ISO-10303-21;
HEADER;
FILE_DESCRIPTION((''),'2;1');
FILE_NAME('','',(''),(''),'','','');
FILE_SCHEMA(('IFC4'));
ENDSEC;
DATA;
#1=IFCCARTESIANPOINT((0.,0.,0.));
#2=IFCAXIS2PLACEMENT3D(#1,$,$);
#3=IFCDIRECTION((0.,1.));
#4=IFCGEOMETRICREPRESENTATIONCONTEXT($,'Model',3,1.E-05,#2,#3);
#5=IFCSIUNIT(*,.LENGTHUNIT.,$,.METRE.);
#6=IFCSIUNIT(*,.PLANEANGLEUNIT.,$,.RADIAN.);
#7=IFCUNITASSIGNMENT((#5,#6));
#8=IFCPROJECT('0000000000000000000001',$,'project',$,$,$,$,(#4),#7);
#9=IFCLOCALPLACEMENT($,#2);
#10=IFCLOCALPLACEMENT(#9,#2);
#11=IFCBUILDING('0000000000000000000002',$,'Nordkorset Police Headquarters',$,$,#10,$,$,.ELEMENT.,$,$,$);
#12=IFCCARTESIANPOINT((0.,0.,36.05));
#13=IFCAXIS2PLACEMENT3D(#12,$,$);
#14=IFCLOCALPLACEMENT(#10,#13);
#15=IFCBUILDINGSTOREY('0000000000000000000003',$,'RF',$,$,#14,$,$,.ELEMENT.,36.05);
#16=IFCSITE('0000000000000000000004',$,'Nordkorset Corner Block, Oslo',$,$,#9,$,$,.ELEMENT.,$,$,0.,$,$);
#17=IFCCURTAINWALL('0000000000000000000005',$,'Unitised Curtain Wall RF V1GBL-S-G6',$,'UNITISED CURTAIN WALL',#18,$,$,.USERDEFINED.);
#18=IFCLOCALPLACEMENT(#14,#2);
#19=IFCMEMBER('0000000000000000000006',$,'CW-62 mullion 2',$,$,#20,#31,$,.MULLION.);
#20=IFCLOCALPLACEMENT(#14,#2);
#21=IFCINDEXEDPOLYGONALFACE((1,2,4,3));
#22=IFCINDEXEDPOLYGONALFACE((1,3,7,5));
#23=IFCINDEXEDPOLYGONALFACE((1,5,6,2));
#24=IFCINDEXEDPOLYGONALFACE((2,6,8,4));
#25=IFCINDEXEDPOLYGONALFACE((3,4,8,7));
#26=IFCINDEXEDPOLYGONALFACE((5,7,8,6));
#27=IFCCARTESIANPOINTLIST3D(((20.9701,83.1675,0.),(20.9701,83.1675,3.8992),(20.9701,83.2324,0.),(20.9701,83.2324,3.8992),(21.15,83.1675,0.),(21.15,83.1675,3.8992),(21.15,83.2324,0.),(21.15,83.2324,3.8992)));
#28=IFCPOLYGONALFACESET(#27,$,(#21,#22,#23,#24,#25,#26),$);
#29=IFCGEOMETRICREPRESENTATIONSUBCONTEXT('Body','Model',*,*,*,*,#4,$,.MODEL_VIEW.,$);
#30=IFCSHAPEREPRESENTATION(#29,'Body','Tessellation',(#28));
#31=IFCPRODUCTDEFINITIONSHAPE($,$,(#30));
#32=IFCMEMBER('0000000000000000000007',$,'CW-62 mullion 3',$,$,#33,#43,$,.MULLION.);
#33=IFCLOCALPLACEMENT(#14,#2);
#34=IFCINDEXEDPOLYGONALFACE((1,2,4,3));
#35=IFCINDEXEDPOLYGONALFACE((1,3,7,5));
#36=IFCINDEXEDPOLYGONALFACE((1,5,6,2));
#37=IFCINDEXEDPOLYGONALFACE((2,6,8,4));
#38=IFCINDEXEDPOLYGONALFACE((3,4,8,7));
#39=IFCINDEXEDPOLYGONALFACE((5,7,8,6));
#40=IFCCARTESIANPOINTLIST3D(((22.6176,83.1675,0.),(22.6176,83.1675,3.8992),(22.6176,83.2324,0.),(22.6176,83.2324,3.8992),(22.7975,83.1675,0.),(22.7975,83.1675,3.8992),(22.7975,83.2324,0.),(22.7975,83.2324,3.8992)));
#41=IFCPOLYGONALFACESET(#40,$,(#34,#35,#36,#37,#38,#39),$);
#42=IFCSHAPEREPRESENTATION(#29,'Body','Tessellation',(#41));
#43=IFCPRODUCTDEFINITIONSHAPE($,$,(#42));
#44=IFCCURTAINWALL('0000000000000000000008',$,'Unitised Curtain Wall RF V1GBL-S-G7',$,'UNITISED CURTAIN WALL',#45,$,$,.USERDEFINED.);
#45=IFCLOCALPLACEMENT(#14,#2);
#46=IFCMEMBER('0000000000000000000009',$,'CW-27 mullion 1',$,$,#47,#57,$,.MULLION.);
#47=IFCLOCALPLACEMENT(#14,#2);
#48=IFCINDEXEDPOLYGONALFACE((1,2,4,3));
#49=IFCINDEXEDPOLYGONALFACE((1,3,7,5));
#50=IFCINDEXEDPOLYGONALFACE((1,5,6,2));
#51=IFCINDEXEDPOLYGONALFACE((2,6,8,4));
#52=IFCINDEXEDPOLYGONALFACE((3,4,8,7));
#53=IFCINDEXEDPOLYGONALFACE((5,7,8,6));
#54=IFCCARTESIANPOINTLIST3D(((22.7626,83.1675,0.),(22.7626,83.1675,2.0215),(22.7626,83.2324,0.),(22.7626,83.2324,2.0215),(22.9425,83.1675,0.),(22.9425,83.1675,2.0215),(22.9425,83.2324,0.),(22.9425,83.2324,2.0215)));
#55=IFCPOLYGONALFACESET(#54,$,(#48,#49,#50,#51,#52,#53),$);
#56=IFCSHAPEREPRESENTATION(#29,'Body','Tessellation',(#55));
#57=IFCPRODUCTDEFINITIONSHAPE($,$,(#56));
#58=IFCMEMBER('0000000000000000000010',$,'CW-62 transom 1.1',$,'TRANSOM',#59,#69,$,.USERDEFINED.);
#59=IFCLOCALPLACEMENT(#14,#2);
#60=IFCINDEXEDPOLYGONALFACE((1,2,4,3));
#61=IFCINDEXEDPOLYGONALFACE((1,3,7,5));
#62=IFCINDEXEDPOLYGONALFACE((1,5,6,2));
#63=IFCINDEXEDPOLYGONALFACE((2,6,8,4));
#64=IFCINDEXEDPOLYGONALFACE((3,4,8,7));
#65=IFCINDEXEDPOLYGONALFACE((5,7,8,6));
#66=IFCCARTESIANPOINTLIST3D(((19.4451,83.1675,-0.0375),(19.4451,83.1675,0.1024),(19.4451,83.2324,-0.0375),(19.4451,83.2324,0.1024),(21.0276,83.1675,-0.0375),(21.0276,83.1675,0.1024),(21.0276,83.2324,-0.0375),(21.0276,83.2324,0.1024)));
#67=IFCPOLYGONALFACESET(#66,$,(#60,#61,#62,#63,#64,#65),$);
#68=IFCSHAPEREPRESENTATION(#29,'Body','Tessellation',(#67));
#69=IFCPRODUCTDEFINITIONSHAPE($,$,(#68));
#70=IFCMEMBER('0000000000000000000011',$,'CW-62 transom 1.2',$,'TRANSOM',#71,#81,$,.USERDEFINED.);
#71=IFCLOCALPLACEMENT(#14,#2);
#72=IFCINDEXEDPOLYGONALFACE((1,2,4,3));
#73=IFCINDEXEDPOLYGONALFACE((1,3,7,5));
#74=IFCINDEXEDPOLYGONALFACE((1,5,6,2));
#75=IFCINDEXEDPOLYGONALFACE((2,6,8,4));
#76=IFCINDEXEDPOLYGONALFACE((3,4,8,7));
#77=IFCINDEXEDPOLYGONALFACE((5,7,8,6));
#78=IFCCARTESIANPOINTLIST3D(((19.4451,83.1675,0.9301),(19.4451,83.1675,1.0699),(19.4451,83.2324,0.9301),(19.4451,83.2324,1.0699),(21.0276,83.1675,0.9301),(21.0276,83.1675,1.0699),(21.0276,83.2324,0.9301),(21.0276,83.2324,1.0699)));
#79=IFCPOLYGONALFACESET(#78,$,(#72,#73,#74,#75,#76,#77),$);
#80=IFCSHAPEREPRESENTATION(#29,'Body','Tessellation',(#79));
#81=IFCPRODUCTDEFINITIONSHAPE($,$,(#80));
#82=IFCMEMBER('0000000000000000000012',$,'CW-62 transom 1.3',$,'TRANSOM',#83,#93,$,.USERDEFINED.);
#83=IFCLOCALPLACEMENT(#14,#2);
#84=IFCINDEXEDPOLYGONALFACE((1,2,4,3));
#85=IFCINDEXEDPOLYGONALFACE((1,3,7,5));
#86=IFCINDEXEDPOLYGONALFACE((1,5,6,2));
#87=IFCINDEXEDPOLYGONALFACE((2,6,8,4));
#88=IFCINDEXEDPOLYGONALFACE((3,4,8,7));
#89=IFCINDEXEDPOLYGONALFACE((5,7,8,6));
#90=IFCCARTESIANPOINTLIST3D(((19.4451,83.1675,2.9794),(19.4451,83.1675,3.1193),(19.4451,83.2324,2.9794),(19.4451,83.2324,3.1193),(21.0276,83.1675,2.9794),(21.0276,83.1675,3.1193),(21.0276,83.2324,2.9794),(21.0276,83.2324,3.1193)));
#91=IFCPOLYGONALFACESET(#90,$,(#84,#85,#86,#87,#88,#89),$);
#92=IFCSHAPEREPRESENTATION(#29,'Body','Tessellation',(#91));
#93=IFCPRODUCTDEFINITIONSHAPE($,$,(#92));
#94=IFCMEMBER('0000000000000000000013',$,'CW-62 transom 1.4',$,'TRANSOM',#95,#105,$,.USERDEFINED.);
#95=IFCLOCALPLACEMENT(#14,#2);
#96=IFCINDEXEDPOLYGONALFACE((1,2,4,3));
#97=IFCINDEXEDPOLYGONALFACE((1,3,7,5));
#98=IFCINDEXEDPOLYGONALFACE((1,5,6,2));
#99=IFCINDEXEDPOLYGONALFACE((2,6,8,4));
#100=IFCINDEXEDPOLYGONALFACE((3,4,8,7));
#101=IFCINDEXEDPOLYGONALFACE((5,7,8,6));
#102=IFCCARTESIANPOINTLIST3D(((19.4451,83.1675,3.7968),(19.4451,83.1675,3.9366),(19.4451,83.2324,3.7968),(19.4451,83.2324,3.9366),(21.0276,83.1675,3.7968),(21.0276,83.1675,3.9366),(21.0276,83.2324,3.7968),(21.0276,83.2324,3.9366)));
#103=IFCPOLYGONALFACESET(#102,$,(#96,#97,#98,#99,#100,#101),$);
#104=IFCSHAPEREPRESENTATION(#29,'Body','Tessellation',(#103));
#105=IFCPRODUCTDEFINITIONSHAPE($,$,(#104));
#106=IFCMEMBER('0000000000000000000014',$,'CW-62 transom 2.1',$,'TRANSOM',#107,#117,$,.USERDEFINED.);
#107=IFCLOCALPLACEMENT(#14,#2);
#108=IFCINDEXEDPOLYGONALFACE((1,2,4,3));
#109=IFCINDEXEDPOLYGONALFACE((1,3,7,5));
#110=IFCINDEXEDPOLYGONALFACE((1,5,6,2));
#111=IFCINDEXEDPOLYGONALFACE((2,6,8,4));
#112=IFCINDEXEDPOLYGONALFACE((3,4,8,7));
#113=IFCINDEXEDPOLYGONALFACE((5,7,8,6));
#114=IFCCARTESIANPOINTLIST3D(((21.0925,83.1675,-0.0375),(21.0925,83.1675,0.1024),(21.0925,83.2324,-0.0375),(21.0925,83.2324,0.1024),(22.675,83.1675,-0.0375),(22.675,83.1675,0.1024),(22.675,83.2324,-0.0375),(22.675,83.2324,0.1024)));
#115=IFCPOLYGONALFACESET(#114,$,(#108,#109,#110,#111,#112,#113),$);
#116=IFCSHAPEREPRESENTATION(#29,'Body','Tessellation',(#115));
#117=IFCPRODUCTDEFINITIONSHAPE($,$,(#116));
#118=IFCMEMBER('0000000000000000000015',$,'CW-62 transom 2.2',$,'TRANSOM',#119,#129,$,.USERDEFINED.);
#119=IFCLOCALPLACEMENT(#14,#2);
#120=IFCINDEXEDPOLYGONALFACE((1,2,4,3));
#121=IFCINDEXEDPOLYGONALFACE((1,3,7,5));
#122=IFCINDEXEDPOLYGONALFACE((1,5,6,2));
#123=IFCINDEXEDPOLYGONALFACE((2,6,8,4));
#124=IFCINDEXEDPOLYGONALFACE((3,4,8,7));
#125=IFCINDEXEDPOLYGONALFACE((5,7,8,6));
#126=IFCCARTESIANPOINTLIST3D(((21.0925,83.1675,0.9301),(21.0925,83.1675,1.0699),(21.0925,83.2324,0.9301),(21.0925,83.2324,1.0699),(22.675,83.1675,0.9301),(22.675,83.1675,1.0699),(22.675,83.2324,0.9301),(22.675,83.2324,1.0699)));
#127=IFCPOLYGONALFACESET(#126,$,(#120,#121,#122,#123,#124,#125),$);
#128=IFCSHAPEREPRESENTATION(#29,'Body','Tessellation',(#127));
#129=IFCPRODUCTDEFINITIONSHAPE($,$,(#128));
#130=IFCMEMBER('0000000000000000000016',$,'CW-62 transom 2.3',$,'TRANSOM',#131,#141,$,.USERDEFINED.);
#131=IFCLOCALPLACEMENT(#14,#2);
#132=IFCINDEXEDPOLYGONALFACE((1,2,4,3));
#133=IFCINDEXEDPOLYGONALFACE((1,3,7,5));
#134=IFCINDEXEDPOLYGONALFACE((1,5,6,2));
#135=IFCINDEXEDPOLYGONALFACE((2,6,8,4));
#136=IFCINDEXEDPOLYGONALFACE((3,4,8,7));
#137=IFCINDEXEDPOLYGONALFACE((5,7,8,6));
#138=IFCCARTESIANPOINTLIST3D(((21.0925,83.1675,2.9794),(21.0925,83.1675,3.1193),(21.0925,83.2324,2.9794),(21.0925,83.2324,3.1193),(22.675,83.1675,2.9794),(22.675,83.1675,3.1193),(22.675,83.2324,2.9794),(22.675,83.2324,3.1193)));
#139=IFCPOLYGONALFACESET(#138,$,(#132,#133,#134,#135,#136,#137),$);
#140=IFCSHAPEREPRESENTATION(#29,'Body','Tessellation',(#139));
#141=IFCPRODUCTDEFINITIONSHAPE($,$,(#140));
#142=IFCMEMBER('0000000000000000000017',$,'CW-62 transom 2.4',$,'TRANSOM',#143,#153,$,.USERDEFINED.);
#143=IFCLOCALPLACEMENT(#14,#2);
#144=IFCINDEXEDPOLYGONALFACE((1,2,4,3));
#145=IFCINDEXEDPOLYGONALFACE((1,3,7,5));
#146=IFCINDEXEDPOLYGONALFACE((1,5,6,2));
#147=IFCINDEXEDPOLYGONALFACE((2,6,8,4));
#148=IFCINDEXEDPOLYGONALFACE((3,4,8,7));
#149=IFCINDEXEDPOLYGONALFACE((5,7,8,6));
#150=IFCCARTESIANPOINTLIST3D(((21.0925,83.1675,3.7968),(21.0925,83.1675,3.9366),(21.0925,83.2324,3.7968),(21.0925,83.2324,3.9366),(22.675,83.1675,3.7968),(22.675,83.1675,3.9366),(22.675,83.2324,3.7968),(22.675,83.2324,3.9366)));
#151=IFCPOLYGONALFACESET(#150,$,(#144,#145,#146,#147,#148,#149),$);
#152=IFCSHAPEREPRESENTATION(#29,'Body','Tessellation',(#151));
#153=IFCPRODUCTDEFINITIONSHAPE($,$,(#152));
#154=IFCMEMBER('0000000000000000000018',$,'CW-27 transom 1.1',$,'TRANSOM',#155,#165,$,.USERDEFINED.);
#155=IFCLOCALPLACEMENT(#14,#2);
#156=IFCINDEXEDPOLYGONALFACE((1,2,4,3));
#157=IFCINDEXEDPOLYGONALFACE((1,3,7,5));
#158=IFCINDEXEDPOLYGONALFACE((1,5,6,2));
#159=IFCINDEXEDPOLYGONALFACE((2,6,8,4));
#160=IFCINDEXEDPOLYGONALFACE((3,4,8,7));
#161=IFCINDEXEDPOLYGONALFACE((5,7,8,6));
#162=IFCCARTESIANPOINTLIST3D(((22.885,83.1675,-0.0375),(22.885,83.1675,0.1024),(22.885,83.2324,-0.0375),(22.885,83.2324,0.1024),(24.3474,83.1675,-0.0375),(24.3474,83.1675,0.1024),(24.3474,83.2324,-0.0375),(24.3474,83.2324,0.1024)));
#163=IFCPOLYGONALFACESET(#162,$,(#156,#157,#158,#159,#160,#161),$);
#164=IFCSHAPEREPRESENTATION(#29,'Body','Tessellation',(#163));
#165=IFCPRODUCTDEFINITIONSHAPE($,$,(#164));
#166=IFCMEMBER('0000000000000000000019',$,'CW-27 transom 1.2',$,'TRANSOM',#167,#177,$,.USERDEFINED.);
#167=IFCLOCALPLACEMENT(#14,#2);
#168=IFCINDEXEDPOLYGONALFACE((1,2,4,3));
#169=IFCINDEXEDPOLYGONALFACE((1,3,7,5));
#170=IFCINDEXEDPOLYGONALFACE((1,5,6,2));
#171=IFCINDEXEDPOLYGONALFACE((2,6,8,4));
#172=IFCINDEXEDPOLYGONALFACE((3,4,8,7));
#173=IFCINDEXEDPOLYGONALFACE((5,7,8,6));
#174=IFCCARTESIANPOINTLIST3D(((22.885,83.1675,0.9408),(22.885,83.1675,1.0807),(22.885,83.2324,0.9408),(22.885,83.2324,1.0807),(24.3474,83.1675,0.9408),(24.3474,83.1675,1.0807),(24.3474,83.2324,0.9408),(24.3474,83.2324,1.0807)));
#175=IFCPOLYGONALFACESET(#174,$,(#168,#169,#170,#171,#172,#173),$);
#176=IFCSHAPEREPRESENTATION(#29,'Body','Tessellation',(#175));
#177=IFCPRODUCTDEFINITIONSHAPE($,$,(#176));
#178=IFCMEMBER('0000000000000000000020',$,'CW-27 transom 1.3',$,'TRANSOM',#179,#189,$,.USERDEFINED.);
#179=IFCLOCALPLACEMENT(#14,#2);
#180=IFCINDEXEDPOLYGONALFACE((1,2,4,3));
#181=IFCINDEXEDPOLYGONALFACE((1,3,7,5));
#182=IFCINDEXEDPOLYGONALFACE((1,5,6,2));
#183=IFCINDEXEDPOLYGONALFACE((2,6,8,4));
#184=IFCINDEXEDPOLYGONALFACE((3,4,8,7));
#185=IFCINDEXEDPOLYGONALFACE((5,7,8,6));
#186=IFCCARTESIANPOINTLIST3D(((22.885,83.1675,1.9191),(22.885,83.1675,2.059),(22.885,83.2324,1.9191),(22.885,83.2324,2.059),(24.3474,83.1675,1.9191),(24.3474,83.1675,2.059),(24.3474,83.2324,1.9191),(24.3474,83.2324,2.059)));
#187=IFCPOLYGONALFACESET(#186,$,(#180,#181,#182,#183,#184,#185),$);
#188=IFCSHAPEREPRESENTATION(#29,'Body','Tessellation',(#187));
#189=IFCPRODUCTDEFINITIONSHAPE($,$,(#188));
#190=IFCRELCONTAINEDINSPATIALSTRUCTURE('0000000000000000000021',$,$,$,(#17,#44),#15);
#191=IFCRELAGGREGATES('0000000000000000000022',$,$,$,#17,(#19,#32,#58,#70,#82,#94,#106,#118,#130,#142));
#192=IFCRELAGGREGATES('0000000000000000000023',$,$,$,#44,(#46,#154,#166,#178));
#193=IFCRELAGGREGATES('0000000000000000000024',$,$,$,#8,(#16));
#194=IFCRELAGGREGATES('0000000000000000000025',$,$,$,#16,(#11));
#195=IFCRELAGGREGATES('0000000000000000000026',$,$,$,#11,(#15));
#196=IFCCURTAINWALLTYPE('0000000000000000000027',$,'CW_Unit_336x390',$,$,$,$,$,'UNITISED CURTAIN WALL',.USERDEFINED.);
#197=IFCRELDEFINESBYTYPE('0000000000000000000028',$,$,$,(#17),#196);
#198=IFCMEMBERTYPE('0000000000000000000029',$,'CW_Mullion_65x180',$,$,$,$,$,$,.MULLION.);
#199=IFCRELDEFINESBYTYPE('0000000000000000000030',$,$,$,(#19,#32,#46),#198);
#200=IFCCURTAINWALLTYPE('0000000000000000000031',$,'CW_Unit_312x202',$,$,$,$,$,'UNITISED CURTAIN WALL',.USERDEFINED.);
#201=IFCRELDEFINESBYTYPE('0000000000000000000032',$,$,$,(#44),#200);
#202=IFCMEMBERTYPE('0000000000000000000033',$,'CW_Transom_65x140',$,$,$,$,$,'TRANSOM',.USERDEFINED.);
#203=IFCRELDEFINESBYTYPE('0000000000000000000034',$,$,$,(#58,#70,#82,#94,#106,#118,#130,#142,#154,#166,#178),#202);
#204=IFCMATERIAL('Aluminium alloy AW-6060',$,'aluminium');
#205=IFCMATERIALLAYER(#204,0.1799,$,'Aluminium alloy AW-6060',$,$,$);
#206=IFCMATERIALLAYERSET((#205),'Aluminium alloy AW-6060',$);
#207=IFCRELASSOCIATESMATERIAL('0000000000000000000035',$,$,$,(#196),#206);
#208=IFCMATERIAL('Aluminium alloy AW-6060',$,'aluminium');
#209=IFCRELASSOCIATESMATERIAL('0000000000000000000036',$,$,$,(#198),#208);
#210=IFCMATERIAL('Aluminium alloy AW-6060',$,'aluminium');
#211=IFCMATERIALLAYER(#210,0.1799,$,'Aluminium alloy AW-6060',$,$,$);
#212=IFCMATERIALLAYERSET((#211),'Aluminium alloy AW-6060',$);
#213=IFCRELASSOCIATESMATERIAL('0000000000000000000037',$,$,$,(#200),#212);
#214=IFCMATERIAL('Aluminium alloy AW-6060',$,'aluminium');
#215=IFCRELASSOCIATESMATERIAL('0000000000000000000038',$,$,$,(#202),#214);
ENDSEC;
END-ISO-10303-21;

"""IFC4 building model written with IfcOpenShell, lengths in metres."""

from ifc_helpers import new_model, si_unit, direction, frame, origin, origin_2d, place, context, subcontext, project, spatial, rectangle, extrude, material, layer, layer_set, material_profile, profile_set, type_object, element, aggregate, save


model = new_model("IFC4")

# Units and contexts
model_context = context("Model", 3, precision=1e-05, world=origin(), true_north=direction((0.0, 1.0)))
body_context = subcontext(model_context, "Body", "Model", "MODEL_VIEW")
ifc_project = project(units=[si_unit("LENGTHUNIT", "METRE"), si_unit("PLANEANGLEUNIT", "RADIAN")], contexts=[model_context])

# Site, building, storey
site_placement = place(None, origin())
site = spatial("IfcSite", under=ifc_project, at=site_placement, Name="Nordkorset Corner Block, Oslo", CompositionType="ELEMENT", RefElevation=0.0)
building_placement = place(site_placement, origin())
building = spatial("IfcBuilding", under=site, at=building_placement, Name="Nordkorset Police Headquarters", CompositionType="ELEMENT")
storey_placement = place(building_placement, frame((0.0, 0.0, 36.05)))
storey = spatial("IfcBuildingStorey", under=building, at=storey_placement, Name="RF", CompositionType="ELEMENT", Elevation=36.05)

# Curtain wall, members
ifc_material_1 = material(Name="Aluminium alloy AW-6060", Category="aluminium")
ifc_layer_1 = layer(ifc_material_1, 0.1799, Name="Aluminium alloy AW-6060")
ifc_layer_set_1 = layer_set([ifc_layer_1], Name="Aluminium alloy AW-6060")
curtain_wall_type_1 = type_object("IfcCurtainWallType", Name="CW_Unit_336x390", ElementType="UNITISED CURTAIN WALL", PredefinedType="USERDEFINED", material=ifc_layer_set_1)
curtain_wall_1_placement = place(storey_placement, origin())
curtain_wall_1 = element("IfcCurtainWall", 1, at=curtain_wall_1_placement, inside=storey, type_object=curtain_wall_type_1, Name="Unitised Curtain Wall RF V1GBL-S-G6", ObjectType="UNITISED CURTAIN WALL", PredefinedType="USERDEFINED")
ifc_material_2 = material(Name="Aluminium alloy AW-6060", Category="aluminium")
ifc_material_profile_1 = material_profile(ifc_material_2, rectangle(XDim=0.0649, YDim=0.1799, at=origin_2d()), Name="ALU MULL 65x180")
ifc_profile_set_1 = profile_set([ifc_material_profile_1], Name="Aluminium alloy AW-6060")
member_type_1 = type_object("IfcMemberType", Name="CW_Mullion_65x180", PredefinedType="MULLION", material=ifc_profile_set_1)
member_1_placement = place(storey_placement, frame((21.0601, 83.2, 0.0), z_axis=(0.0, 0.0, 1.0), x_axis=(0.0, 1.0, 0.0)))
member_1 = element("IfcMember", 2, at=member_1_placement, type_object=member_type_1, Name="CW-62 mullion 2", PredefinedType="MULLION", context=body_context, shape_type="SweptSolid", body=[
    extrude(rectangle(XDim=0.0649, YDim=0.1799, at=origin_2d()), origin(), (0.0, 0.0, 1.0), 3.8992),
])
member_2_placement = place(storey_placement, frame((22.7075, 83.2, 0.0), z_axis=(0.0, 0.0, 1.0), x_axis=(0.0, 1.0, 0.0)))
member_2 = element("IfcMember", 3, at=member_2_placement, type_object=member_type_1, Name="CW-62 mullion 3", PredefinedType="MULLION", context=body_context, shape_type="SweptSolid", body=[
    extrude(rectangle(XDim=0.0649, YDim=0.1799, at=origin_2d()), origin(), (0.0, 0.0, 1.0), 3.8992),
])

# Curtain wall, member
ifc_material_3 = material(Name="Aluminium alloy AW-6060", Category="aluminium")
ifc_layer_2 = layer(ifc_material_3, 0.1799, Name="Aluminium alloy AW-6060")
ifc_layer_set_2 = layer_set([ifc_layer_2], Name="Aluminium alloy AW-6060")
curtain_wall_type_2 = type_object("IfcCurtainWallType", Name="CW_Unit_312x202", ElementType="UNITISED CURTAIN WALL", PredefinedType="USERDEFINED", material=ifc_layer_set_2)
curtain_wall_2_placement = place(storey_placement, origin())
curtain_wall_2 = element("IfcCurtainWall", 4, at=curtain_wall_2_placement, inside=storey, type_object=curtain_wall_type_2, Name="Unitised Curtain Wall RF V1GBL-S-G7", ObjectType="UNITISED CURTAIN WALL", PredefinedType="USERDEFINED")
member_3_placement = place(storey_placement, frame((22.8525, 83.2, 0.0), z_axis=(0.0, 0.0, 1.0), x_axis=(0.0, 1.0, 0.0)))
member_3 = element("IfcMember", 5, at=member_3_placement, type_object=member_type_1, Name="CW-27 mullion 1", PredefinedType="MULLION", context=body_context, shape_type="SweptSolid", body=[
    extrude(rectangle(XDim=0.0649, YDim=0.1799, at=origin_2d()), origin(), (0.0, 0.0, 1.0), 2.0215),
])

# Members
ifc_material_4 = material(Name="Aluminium alloy AW-6060", Category="aluminium")
ifc_material_profile_2 = material_profile(ifc_material_4, rectangle(XDim=0.0649, YDim=0.1399, at=origin_2d()), Name="ALU TRAN 65x140")
ifc_profile_set_2 = profile_set([ifc_material_profile_2], Name="Aluminium alloy AW-6060")
member_type_2 = type_object("IfcMemberType", Name="CW_Transom_65x140", ElementType="TRANSOM", PredefinedType="USERDEFINED", material=ifc_profile_set_2)
member_4_placement = place(storey_placement, frame((19.4451, 83.2, 0.0325), z_axis=(1.0, 0.0, 0.0), x_axis=(0.0, 1.0, 0.0)))
member_4 = element("IfcMember", 6, at=member_4_placement, type_object=member_type_2, Name="CW-62 transom 1.1", ObjectType="TRANSOM", PredefinedType="USERDEFINED", context=body_context, shape_type="SweptSolid", body=[
    extrude(rectangle(XDim=0.0649, YDim=0.1399, at=origin_2d()), origin(), (0.0, 0.0, 1.0), 1.5825),
])
member_5_placement = place(storey_placement, frame((19.4451, 83.2, 1.0), z_axis=(1.0, 0.0, 0.0), x_axis=(0.0, 1.0, 0.0)))
member_5 = element("IfcMember", 7, at=member_5_placement, type_object=member_type_2, Name="CW-62 transom 1.2", ObjectType="TRANSOM", PredefinedType="USERDEFINED", context=body_context, shape_type="SweptSolid", body=[
    extrude(rectangle(XDim=0.0649, YDim=0.1399, at=origin_2d()), origin(), (0.0, 0.0, 1.0), 1.5825),
])
member_6_placement = place(storey_placement, frame((19.4451, 83.2, 3.0493), z_axis=(1.0, 0.0, 0.0), x_axis=(0.0, 1.0, 0.0)))
member_6 = element("IfcMember", 8, at=member_6_placement, type_object=member_type_2, Name="CW-62 transom 1.3", ObjectType="TRANSOM", PredefinedType="USERDEFINED", context=body_context, shape_type="SweptSolid", body=[
    extrude(rectangle(XDim=0.0649, YDim=0.1399, at=origin_2d()), origin(), (0.0, 0.0, 1.0), 1.5825),
])
member_7_placement = place(storey_placement, frame((19.4451, 83.2, 3.8667), z_axis=(1.0, 0.0, 0.0), x_axis=(0.0, 1.0, 0.0)))
member_7 = element("IfcMember", 9, at=member_7_placement, type_object=member_type_2, Name="CW-62 transom 1.4", ObjectType="TRANSOM", PredefinedType="USERDEFINED", context=body_context, shape_type="SweptSolid", body=[
    extrude(rectangle(XDim=0.0649, YDim=0.1399, at=origin_2d()), origin(), (0.0, 0.0, 1.0), 1.5825),
])
member_8_placement = place(storey_placement, frame((21.0925, 83.2, 0.0325), z_axis=(1.0, 0.0, 0.0), x_axis=(0.0, 1.0, 0.0)))
member_8 = element("IfcMember", 10, at=member_8_placement, type_object=member_type_2, Name="CW-62 transom 2.1", ObjectType="TRANSOM", PredefinedType="USERDEFINED", context=body_context, shape_type="SweptSolid", body=[
    extrude(rectangle(XDim=0.0649, YDim=0.1399, at=origin_2d()), origin(), (0.0, 0.0, 1.0), 1.5825),
])
member_9_placement = place(storey_placement, frame((21.0925, 83.2, 1.0), z_axis=(1.0, 0.0, 0.0), x_axis=(0.0, 1.0, 0.0)))
member_9 = element("IfcMember", 11, at=member_9_placement, type_object=member_type_2, Name="CW-62 transom 2.2", ObjectType="TRANSOM", PredefinedType="USERDEFINED", context=body_context, shape_type="SweptSolid", body=[
    extrude(rectangle(XDim=0.0649, YDim=0.1399, at=origin_2d()), origin(), (0.0, 0.0, 1.0), 1.5825),
])
member_10_placement = place(storey_placement, frame((21.0925, 83.2, 3.0493), z_axis=(1.0, 0.0, 0.0), x_axis=(0.0, 1.0, 0.0)))
member_10 = element("IfcMember", 12, at=member_10_placement, type_object=member_type_2, Name="CW-62 transom 2.3", ObjectType="TRANSOM", PredefinedType="USERDEFINED", context=body_context, shape_type="SweptSolid", body=[
    extrude(rectangle(XDim=0.0649, YDim=0.1399, at=origin_2d()), origin(), (0.0, 0.0, 1.0), 1.5825),
])
member_11_placement = place(storey_placement, frame((21.0925, 83.2, 3.8667), z_axis=(1.0, 0.0, 0.0), x_axis=(0.0, 1.0, 0.0)))
member_11 = element("IfcMember", 13, at=member_11_placement, type_object=member_type_2, Name="CW-62 transom 2.4", ObjectType="TRANSOM", PredefinedType="USERDEFINED", context=body_context, shape_type="SweptSolid", body=[
    extrude(rectangle(XDim=0.0649, YDim=0.1399, at=origin_2d()), origin(), (0.0, 0.0, 1.0), 1.5825),
])
member_12_placement = place(storey_placement, frame((22.885, 83.2, 0.0325), z_axis=(1.0, 0.0, 0.0), x_axis=(0.0, 1.0, 0.0)))
member_12 = element("IfcMember", 14, at=member_12_placement, type_object=member_type_2, Name="CW-27 transom 1.1", ObjectType="TRANSOM", PredefinedType="USERDEFINED", context=body_context, shape_type="SweptSolid", body=[
    extrude(rectangle(XDim=0.0649, YDim=0.1399, at=origin_2d()), origin(), (0.0, 0.0, 1.0), 1.4624),
])
member_13_placement = place(storey_placement, frame((22.885, 83.2, 1.0107), z_axis=(1.0, 0.0, 0.0), x_axis=(0.0, 1.0, 0.0)))
member_13 = element("IfcMember", 15, at=member_13_placement, type_object=member_type_2, Name="CW-27 transom 1.2", ObjectType="TRANSOM", PredefinedType="USERDEFINED", context=body_context, shape_type="SweptSolid", body=[
    extrude(rectangle(XDim=0.0649, YDim=0.1399, at=origin_2d()), origin(), (0.0, 0.0, 1.0), 1.4624),
])
member_14_placement = place(storey_placement, frame((22.885, 83.2, 1.989), z_axis=(1.0, 0.0, 0.0), x_axis=(0.0, 1.0, 0.0)))
member_14 = element("IfcMember", 16, at=member_14_placement, type_object=member_type_2, Name="CW-27 transom 1.3", ObjectType="TRANSOM", PredefinedType="USERDEFINED", context=body_context, shape_type="SweptSolid", body=[
    extrude(rectangle(XDim=0.0649, YDim=0.1399, at=origin_2d()), origin(), (0.0, 0.0, 1.0), 1.4624),
])

aggregate(curtain_wall_1, [member_1, member_2, member_4, member_5, member_6, member_7, member_8, member_9, member_10, member_11])
aggregate(curtain_wall_2, [member_3, member_12, member_13, member_14])

save(model, "model.ifc")
